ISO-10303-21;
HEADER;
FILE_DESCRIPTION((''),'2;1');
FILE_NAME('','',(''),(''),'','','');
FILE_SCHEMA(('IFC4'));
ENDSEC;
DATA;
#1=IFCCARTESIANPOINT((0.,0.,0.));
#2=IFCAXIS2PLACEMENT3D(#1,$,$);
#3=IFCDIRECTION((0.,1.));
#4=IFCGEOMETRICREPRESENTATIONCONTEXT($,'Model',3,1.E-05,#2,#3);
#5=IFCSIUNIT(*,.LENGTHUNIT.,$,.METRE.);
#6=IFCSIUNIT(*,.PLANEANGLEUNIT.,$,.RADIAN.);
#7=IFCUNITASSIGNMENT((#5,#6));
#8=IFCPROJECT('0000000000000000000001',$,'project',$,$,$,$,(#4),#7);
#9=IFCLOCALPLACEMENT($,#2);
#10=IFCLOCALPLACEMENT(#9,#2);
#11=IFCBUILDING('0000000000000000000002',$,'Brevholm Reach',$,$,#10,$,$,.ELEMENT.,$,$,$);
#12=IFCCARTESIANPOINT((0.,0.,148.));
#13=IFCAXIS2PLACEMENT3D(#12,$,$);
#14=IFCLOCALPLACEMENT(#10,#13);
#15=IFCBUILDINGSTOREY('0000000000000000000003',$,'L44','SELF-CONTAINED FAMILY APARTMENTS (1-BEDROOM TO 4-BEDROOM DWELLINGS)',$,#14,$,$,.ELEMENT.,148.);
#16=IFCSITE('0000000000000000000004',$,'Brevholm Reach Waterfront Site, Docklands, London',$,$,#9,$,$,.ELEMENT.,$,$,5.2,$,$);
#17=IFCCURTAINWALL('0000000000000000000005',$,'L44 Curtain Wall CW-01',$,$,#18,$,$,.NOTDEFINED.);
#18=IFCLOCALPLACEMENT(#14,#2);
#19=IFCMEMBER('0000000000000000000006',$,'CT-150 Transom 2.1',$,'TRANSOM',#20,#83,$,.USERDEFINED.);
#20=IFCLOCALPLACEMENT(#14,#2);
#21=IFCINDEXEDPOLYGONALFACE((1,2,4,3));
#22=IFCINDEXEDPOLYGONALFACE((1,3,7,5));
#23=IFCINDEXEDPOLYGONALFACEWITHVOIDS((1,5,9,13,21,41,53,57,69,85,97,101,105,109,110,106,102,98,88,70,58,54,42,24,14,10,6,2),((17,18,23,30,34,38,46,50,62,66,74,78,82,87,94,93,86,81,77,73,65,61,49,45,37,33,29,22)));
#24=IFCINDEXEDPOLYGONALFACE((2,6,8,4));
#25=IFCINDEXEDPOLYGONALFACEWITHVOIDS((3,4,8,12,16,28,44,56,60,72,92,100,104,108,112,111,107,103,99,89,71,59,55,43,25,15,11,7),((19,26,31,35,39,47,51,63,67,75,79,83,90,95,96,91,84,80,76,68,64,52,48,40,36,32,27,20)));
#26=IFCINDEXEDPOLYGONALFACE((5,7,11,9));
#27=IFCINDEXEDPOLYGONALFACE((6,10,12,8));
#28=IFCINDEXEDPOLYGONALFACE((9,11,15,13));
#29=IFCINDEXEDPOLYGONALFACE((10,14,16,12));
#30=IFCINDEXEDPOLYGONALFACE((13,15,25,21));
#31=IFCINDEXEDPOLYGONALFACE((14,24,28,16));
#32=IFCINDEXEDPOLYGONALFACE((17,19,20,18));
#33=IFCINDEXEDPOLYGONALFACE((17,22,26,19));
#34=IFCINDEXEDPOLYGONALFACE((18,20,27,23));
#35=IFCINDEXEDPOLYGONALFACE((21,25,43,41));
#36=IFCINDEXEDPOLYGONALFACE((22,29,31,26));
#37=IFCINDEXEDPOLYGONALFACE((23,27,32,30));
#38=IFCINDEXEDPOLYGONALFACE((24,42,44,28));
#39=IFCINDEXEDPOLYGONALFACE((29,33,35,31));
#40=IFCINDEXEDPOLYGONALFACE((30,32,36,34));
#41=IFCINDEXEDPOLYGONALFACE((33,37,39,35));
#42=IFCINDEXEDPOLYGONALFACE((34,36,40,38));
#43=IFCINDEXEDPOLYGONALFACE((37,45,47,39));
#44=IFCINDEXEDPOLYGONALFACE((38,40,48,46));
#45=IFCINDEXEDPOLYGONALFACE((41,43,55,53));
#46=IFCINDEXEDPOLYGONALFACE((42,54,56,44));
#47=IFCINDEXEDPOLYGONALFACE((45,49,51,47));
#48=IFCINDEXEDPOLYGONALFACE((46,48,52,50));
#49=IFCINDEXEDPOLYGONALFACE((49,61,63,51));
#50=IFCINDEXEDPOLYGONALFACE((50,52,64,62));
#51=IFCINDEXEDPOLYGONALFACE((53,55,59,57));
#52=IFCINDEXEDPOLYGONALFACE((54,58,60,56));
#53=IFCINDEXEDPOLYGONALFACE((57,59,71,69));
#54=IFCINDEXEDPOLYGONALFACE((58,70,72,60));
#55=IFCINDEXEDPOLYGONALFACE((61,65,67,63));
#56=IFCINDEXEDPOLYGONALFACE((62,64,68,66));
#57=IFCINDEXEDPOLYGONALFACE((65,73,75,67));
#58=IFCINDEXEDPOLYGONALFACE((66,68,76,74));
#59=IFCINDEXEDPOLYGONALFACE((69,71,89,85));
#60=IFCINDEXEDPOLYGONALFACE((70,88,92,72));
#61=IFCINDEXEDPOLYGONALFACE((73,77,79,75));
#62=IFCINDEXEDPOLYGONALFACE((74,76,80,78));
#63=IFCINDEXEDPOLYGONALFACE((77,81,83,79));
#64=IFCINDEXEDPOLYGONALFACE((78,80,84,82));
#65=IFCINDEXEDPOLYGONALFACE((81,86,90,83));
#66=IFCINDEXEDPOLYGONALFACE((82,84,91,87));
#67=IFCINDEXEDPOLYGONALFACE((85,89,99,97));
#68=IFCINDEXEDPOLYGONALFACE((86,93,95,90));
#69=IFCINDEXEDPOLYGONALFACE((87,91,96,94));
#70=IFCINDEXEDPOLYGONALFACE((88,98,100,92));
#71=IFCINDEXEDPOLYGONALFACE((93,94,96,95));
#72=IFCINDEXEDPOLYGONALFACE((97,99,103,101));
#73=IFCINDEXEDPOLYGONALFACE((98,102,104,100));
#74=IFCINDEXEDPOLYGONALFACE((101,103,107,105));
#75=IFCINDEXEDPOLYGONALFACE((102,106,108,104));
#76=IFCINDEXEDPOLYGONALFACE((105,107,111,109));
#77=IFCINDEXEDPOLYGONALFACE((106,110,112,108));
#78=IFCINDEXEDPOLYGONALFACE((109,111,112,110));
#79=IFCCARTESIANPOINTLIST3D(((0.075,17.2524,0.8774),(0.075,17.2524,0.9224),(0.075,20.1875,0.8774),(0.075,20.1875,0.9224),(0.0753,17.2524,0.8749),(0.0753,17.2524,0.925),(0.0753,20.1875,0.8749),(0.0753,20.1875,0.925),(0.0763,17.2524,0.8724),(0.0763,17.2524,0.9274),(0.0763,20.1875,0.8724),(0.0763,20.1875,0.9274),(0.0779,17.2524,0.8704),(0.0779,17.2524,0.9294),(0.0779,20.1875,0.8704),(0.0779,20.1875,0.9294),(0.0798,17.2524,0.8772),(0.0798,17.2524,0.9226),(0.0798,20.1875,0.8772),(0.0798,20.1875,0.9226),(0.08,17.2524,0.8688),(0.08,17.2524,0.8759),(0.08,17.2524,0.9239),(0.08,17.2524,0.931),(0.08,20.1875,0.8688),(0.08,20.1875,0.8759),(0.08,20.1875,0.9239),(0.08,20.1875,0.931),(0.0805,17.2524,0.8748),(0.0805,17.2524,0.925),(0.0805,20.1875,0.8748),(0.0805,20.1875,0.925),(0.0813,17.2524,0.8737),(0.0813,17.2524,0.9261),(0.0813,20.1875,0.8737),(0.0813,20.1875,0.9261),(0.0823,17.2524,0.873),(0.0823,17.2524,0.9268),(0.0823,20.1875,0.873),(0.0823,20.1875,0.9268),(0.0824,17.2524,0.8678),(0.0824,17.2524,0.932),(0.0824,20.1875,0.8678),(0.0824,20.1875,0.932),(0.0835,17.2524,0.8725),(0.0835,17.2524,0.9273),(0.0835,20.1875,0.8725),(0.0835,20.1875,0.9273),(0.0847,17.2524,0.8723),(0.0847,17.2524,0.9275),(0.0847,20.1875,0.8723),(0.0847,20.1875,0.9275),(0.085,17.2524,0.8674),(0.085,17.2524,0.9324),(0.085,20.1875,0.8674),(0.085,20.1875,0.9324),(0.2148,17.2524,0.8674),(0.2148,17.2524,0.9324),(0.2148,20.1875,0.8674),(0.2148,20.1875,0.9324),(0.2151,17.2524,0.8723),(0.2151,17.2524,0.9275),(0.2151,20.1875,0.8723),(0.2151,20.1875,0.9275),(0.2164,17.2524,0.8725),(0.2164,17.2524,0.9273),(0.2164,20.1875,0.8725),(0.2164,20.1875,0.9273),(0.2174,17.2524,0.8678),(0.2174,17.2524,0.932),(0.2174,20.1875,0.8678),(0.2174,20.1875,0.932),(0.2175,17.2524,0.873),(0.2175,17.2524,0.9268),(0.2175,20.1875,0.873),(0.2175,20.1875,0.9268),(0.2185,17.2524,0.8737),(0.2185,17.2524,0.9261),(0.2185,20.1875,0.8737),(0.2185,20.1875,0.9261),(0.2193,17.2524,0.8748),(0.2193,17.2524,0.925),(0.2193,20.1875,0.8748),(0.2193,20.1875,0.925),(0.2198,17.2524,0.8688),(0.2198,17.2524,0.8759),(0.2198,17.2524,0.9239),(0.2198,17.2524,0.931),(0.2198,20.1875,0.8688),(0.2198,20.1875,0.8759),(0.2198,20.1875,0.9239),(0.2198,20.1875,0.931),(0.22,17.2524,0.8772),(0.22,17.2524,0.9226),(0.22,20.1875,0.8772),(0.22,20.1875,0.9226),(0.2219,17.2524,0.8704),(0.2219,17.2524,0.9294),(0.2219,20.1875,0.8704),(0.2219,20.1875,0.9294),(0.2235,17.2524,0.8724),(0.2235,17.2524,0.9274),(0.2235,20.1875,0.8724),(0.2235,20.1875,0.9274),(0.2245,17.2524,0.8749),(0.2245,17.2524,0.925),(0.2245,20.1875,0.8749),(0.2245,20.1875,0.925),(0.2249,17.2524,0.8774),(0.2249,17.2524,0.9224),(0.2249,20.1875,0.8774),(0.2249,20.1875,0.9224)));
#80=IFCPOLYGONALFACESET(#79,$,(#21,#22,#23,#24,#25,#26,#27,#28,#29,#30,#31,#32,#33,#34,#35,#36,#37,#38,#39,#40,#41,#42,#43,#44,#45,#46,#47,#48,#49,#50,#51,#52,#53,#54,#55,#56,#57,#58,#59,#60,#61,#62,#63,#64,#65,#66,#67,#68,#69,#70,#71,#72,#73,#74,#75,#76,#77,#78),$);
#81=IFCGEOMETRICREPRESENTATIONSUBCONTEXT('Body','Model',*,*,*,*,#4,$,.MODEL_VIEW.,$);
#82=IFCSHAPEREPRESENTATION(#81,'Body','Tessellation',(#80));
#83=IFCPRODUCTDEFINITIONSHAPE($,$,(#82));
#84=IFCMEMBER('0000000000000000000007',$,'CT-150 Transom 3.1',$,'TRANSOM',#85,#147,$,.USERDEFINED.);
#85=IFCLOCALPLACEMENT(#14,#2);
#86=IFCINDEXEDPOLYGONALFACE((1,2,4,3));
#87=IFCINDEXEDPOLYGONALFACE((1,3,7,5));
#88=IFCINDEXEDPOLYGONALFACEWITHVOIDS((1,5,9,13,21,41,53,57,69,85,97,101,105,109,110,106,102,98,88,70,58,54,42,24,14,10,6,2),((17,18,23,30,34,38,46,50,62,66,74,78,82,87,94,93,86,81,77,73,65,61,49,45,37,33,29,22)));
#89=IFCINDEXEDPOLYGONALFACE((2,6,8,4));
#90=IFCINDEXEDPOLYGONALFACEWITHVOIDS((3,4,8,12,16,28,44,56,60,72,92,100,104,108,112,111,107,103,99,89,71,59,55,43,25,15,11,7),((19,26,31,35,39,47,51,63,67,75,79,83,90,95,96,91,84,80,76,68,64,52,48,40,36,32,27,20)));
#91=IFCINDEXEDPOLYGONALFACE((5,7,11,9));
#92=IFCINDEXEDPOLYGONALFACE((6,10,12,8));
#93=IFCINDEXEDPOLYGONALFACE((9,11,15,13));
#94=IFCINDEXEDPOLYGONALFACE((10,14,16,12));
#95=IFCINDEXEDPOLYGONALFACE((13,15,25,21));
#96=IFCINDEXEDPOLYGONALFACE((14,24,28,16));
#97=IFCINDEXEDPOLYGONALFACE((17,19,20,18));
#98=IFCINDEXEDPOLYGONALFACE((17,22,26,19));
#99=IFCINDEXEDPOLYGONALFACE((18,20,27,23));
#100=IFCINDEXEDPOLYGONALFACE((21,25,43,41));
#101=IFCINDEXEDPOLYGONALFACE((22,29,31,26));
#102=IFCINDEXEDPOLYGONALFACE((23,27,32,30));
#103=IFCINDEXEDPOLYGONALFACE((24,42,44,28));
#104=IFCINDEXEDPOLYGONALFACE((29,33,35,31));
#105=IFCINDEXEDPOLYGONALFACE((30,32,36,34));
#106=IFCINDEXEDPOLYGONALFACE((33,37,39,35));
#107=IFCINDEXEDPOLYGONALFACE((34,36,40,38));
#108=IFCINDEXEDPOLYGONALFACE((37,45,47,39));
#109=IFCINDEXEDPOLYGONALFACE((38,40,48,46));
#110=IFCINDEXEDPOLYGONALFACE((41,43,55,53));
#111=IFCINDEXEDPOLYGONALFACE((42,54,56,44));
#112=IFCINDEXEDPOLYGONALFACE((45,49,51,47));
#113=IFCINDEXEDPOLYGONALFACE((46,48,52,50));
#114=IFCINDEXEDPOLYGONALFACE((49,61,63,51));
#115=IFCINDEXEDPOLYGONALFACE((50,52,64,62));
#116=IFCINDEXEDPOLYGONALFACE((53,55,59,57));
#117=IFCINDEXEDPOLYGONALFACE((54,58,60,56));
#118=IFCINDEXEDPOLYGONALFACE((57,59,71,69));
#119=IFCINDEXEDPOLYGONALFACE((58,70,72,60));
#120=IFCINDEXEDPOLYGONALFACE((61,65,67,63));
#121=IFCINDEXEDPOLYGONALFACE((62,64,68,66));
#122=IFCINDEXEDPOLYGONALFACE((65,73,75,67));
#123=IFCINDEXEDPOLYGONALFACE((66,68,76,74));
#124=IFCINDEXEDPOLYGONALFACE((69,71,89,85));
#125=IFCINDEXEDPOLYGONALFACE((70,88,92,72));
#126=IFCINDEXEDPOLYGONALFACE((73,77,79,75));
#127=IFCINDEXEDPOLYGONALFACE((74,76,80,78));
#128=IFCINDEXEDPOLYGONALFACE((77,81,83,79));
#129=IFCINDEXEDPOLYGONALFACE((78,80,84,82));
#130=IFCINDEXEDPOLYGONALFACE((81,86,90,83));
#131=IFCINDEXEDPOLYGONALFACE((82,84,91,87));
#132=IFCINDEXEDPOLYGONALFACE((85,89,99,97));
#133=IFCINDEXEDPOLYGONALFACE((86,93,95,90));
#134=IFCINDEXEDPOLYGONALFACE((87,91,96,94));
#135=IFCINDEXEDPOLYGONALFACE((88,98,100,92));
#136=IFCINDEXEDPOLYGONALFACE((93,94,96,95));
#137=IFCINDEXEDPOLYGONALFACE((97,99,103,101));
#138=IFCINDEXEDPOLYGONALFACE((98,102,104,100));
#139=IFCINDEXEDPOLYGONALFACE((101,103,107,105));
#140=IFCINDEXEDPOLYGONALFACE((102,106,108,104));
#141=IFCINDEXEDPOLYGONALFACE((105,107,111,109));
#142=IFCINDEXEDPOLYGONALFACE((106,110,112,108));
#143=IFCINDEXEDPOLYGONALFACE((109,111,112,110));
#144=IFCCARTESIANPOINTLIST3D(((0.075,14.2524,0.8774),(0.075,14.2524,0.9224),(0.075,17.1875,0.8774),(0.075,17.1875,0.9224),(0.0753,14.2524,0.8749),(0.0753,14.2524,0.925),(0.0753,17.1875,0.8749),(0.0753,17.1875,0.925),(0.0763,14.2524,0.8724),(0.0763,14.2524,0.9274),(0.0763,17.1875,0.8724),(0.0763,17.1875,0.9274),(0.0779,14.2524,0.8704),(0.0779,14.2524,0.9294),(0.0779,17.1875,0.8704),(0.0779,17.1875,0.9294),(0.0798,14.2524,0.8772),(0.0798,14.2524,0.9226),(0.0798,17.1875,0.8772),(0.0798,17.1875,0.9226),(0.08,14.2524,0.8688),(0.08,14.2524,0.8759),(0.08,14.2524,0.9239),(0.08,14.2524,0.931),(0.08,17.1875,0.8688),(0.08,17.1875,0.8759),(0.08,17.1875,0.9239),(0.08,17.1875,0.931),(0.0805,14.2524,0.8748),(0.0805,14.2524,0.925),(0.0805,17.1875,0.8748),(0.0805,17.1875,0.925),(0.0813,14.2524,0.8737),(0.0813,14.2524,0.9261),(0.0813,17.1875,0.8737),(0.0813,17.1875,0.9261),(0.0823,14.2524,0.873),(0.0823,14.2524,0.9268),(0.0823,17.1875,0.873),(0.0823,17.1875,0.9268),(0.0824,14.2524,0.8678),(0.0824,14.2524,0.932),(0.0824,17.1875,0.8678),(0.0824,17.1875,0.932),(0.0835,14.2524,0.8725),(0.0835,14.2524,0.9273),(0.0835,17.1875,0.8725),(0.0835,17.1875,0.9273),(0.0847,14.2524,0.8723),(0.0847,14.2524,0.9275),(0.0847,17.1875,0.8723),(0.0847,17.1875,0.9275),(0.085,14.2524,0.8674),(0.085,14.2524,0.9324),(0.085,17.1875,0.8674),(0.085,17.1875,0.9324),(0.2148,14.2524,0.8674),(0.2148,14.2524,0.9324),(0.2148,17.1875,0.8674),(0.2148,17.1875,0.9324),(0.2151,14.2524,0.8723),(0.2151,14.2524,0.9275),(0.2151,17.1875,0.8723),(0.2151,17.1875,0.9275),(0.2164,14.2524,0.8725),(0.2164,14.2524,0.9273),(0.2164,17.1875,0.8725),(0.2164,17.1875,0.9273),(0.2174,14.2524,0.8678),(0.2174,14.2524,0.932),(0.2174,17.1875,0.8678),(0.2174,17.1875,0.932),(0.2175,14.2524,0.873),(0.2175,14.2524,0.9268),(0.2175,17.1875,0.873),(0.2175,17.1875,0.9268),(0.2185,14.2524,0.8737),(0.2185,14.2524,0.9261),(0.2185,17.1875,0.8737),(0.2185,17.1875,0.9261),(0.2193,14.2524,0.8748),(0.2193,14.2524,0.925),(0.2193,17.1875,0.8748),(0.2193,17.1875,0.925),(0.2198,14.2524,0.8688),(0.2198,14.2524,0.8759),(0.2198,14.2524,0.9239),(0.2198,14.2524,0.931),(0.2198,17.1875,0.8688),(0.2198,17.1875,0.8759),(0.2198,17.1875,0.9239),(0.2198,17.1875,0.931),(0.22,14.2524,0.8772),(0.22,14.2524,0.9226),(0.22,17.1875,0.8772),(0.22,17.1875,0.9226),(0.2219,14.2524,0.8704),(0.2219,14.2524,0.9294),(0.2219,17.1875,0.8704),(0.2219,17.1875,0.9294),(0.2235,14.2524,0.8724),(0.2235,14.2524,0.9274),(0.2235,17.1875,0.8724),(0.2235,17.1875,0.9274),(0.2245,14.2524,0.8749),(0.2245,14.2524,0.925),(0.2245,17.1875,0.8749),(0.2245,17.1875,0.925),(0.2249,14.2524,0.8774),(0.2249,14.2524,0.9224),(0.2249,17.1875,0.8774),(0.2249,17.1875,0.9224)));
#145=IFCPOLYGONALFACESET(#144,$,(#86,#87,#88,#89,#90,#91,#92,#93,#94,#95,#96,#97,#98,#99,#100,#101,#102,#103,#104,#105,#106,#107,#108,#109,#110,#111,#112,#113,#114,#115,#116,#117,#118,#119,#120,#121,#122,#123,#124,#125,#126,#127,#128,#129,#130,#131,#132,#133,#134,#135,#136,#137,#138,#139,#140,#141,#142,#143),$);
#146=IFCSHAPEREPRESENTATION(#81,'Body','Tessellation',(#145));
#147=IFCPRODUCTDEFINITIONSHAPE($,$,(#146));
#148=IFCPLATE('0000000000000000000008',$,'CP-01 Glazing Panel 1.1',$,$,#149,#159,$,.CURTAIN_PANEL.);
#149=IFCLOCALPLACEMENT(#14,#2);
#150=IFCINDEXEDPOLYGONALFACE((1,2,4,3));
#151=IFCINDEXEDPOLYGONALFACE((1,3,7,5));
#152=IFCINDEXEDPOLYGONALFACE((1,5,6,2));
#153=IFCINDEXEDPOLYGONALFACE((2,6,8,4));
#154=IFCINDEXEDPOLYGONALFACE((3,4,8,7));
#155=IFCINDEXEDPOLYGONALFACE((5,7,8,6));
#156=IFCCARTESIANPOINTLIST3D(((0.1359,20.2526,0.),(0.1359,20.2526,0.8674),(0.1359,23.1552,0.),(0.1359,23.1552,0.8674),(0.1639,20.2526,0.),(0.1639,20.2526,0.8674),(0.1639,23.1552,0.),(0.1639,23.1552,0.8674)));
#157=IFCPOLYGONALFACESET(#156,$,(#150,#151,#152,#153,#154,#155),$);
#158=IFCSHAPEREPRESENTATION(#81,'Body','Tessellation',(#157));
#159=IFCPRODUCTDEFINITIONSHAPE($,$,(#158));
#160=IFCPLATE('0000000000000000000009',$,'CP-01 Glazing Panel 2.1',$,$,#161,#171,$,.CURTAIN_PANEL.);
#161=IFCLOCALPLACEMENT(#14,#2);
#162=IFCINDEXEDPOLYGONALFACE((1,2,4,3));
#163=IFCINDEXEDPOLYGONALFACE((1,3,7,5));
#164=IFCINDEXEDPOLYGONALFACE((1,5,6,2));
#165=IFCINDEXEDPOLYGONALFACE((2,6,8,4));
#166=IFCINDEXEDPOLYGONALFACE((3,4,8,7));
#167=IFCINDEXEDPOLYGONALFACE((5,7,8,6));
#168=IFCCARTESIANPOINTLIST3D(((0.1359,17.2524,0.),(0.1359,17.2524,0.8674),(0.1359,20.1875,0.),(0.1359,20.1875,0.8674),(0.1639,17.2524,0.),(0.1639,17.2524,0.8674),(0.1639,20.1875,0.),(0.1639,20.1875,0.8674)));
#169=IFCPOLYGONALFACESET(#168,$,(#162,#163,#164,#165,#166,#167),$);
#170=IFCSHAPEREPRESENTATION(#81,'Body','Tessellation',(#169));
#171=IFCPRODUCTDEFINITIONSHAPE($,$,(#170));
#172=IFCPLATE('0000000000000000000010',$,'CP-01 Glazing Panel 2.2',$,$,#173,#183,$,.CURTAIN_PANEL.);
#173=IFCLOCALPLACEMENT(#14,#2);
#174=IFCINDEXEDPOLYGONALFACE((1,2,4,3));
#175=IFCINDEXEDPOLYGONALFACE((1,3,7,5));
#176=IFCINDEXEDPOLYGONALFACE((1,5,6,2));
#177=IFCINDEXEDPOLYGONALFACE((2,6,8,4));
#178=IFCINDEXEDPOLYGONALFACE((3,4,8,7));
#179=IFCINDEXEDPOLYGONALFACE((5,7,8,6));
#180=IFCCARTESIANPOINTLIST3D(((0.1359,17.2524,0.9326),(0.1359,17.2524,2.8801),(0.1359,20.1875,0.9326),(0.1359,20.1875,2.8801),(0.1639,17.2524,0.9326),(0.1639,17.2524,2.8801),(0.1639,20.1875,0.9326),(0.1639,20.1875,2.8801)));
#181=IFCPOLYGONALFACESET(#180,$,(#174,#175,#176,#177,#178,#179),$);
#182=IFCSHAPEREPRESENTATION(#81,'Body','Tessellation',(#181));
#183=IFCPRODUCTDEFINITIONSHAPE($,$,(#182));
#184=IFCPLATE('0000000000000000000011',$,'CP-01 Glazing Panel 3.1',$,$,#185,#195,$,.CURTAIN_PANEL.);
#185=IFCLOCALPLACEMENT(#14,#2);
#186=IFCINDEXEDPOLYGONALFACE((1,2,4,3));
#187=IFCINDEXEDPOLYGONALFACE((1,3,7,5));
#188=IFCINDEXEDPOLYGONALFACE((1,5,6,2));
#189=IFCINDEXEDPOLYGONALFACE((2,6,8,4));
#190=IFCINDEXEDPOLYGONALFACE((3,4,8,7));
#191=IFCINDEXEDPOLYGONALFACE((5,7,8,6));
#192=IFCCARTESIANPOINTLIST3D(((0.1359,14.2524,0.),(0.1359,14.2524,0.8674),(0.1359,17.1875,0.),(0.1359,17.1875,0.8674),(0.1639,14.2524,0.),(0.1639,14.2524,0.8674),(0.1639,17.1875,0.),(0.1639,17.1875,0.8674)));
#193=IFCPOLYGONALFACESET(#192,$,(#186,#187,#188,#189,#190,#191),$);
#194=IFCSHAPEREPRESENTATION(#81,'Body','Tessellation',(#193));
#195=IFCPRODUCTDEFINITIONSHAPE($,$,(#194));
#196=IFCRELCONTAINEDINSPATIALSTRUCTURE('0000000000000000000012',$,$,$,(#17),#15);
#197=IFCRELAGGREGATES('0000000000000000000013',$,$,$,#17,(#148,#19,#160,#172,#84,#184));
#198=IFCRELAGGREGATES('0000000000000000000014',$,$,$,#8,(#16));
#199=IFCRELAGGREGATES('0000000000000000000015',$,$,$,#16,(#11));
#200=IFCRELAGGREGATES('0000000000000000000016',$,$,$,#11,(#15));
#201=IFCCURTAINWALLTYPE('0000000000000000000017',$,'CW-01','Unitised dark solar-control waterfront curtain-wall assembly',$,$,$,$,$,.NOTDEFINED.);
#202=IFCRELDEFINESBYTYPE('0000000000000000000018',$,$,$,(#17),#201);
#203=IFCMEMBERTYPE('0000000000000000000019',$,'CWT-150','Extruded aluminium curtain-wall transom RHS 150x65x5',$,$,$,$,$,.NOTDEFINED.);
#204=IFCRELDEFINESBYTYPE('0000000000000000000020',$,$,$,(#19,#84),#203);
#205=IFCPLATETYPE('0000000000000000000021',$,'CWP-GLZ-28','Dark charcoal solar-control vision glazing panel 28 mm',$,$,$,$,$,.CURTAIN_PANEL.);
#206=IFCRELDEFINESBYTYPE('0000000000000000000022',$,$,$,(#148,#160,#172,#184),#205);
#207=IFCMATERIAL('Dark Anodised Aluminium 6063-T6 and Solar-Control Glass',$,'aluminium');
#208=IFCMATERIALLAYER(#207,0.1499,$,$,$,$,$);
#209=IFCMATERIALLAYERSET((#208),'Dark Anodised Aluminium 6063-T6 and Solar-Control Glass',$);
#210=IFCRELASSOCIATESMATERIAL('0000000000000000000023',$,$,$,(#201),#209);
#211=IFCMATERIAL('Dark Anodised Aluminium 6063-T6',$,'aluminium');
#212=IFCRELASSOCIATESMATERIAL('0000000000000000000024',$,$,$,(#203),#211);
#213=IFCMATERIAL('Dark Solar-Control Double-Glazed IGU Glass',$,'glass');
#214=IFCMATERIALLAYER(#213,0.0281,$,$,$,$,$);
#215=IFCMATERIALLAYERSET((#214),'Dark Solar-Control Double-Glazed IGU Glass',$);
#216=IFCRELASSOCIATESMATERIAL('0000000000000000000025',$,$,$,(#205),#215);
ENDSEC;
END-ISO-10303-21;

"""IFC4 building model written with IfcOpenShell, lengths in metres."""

from ifc_helpers import new_model, si_unit, direction, frame, origin, origin_2d, place, context, subcontext, project, spatial, rectangle, hollow_rectangle, extrude, material, layer, layer_set, material_profile, profile_set, type_object, element, aggregate, save


model = new_model("IFC4")

# Units and contexts
model_context = context("Model", 3, precision=1e-05, world=origin(), true_north=direction((0.0, 1.0)))
body_context = subcontext(model_context, "Body", "Model", "MODEL_VIEW")
ifc_project = project(units=[si_unit("LENGTHUNIT", "METRE"), si_unit("PLANEANGLEUNIT", "RADIAN")], contexts=[model_context])

# Site, building, storey
site_placement = place(None, origin())
site = spatial("IfcSite", under=ifc_project, at=site_placement, Name="Brevholm Reach Waterfront Site, Docklands, London", CompositionType="ELEMENT", RefElevation=5.2)
building_placement = place(site_placement, origin())
building = spatial("IfcBuilding", under=site, at=building_placement, Name="Brevholm Reach", CompositionType="ELEMENT")
storey_placement = place(building_placement, frame((0.0, 0.0, 148.0)))
storey = spatial("IfcBuildingStorey", under=building, at=storey_placement, Name="L44", Description="SELF-CONTAINED FAMILY APARTMENTS (1-BEDROOM TO 4-BEDROOM DWELLINGS)", CompositionType="ELEMENT", Elevation=148.0)

# Curtain wall, members, plates
ifc_material_1 = material(Name="Dark Anodised Aluminium 6063-T6 and Solar-Control Glass", Category="aluminium")
ifc_layer_1 = layer(ifc_material_1, 0.1499)
ifc_layer_set_1 = layer_set([ifc_layer_1], Name="Dark Anodised Aluminium 6063-T6 and Solar-Control Glass")
curtain_wall_type = type_object("IfcCurtainWallType", Name="CW-01", Description="Unitised dark solar-control waterfront curtain-wall assembly", PredefinedType="NOTDEFINED", material=ifc_layer_set_1)
curtain_wall_placement = place(storey_placement, origin())
curtain_wall = element("IfcCurtainWall", 1, at=curtain_wall_placement, inside=storey, type_object=curtain_wall_type, Name="L44 Curtain Wall CW-01", PredefinedType="NOTDEFINED")
ifc_material_2 = material(Name="Dark Anodised Aluminium 6063-T6", Category="aluminium")
ifc_material_profile_1 = material_profile(ifc_material_2, hollow_rectangle(XDim=0.0649, YDim=0.1499, WallThickness=0.0049, InnerFilletRadius=0.0049, OuterFilletRadius=0.01, at=origin_2d()), Name="RHS 150x65x5")
ifc_profile_set_1 = profile_set([ifc_material_profile_1], Name="Dark Anodised Aluminium 6063-T6")
member_type_1 = type_object("IfcMemberType", Name="CWT-150", Description="Extruded aluminium curtain-wall transom RHS 150x65x5", PredefinedType="NOTDEFINED", material=ifc_profile_set_1)
member_1_placement = place(storey_placement, frame((0.1499, 20.1875, 0.8999), z_axis=(0.0, -1.0, 0.0), x_axis=(0.0, 0.0, 1.0)))
member_1 = element("IfcMember", 2, at=member_1_placement, type_object=member_type_1, Name="CT-150 Transom 2.1", ObjectType="TRANSOM", PredefinedType="USERDEFINED", context=body_context, shape_type="SweptSolid", body=[
    extrude(hollow_rectangle(XDim=0.0649, YDim=0.1499, WallThickness=0.0049, InnerFilletRadius=0.0049, OuterFilletRadius=0.01, at=origin_2d()), origin(), (0.0, 0.0, 1.0), 2.9351),
])
member_2_placement = place(storey_placement, frame((0.1499, 17.1875, 0.8999), z_axis=(0.0, -1.0, 0.0), x_axis=(0.0, 0.0, 1.0)))
member_2 = element("IfcMember", 3, at=member_2_placement, type_object=member_type_1, Name="CT-150 Transom 3.1", ObjectType="TRANSOM", PredefinedType="USERDEFINED", context=body_context, shape_type="SweptSolid", body=[
    extrude(hollow_rectangle(XDim=0.0649, YDim=0.1499, WallThickness=0.0049, InnerFilletRadius=0.0049, OuterFilletRadius=0.01, at=origin_2d()), origin(), (0.0, 0.0, 1.0), 2.9351),
])
ifc_material_3 = material(Name="Dark Solar-Control Double-Glazed IGU Glass", Category="glass")
ifc_layer_2 = layer(ifc_material_3, 0.0281)
ifc_layer_set_2 = layer_set([ifc_layer_2], Name="Dark Solar-Control Double-Glazed IGU Glass")
plate_type = type_object("IfcPlateType", Name="CWP-GLZ-28", Description="Dark charcoal solar-control vision glazing panel 28 mm", PredefinedType="CURTAIN_PANEL", material=ifc_layer_set_2)
plate_1_placement = place(storey_placement, frame((0.1499, 21.7039, 0.0), z_axis=(0.0, 0.0, 1.0), x_axis=(0.0, -1.0, 0.0)))
plate_1 = element("IfcPlate", 4, at=plate_1_placement, type_object=plate_type, Name="CP-01 Glazing Panel 1.1", PredefinedType="CURTAIN_PANEL", context=body_context, shape_type="SweptSolid", body=[
    extrude(rectangle(XDim=2.9026, YDim=0.0281, at=origin_2d()), origin(), (0.0, 0.0, 1.0), 0.8674),
])
plate_2_placement = place(storey_placement, frame((0.1499, 18.72, 0.0), z_axis=(0.0, 0.0, 1.0), x_axis=(0.0, -1.0, 0.0)))
plate_2 = element("IfcPlate", 5, at=plate_2_placement, type_object=plate_type, Name="CP-01 Glazing Panel 2.1", PredefinedType="CURTAIN_PANEL", context=body_context, shape_type="SweptSolid", body=[
    extrude(rectangle(XDim=2.9351, YDim=0.0281, at=origin_2d()), origin(), (0.0, 0.0, 1.0), 0.8674),
])
plate_3_placement = place(storey_placement, frame((0.1499, 18.72, 0.9326), z_axis=(0.0, 0.0, 1.0), x_axis=(0.0, -1.0, 0.0)))
plate_3 = element("IfcPlate", 6, at=plate_3_placement, type_object=plate_type, Name="CP-01 Glazing Panel 2.2", PredefinedType="CURTAIN_PANEL", context=body_context, shape_type="SweptSolid", body=[
    extrude(rectangle(XDim=2.9351, YDim=0.0281, at=origin_2d()), origin(), (0.0, 0.0, 1.0), 1.9475),
])
plate_4_placement = place(storey_placement, frame((0.1499, 15.72, 0.0), z_axis=(0.0, 0.0, 1.0), x_axis=(0.0, -1.0, 0.0)))
plate_4 = element("IfcPlate", 7, at=plate_4_placement, type_object=plate_type, Name="CP-01 Glazing Panel 3.1", PredefinedType="CURTAIN_PANEL", context=body_context, shape_type="SweptSolid", body=[
    extrude(rectangle(XDim=2.9351, YDim=0.0281, at=origin_2d()), origin(), (0.0, 0.0, 1.0), 0.8674),
])
aggregate(curtain_wall, [plate_1, member_1, plate_2, plate_3, member_2, plate_4])

save(model, "model.ifc")
